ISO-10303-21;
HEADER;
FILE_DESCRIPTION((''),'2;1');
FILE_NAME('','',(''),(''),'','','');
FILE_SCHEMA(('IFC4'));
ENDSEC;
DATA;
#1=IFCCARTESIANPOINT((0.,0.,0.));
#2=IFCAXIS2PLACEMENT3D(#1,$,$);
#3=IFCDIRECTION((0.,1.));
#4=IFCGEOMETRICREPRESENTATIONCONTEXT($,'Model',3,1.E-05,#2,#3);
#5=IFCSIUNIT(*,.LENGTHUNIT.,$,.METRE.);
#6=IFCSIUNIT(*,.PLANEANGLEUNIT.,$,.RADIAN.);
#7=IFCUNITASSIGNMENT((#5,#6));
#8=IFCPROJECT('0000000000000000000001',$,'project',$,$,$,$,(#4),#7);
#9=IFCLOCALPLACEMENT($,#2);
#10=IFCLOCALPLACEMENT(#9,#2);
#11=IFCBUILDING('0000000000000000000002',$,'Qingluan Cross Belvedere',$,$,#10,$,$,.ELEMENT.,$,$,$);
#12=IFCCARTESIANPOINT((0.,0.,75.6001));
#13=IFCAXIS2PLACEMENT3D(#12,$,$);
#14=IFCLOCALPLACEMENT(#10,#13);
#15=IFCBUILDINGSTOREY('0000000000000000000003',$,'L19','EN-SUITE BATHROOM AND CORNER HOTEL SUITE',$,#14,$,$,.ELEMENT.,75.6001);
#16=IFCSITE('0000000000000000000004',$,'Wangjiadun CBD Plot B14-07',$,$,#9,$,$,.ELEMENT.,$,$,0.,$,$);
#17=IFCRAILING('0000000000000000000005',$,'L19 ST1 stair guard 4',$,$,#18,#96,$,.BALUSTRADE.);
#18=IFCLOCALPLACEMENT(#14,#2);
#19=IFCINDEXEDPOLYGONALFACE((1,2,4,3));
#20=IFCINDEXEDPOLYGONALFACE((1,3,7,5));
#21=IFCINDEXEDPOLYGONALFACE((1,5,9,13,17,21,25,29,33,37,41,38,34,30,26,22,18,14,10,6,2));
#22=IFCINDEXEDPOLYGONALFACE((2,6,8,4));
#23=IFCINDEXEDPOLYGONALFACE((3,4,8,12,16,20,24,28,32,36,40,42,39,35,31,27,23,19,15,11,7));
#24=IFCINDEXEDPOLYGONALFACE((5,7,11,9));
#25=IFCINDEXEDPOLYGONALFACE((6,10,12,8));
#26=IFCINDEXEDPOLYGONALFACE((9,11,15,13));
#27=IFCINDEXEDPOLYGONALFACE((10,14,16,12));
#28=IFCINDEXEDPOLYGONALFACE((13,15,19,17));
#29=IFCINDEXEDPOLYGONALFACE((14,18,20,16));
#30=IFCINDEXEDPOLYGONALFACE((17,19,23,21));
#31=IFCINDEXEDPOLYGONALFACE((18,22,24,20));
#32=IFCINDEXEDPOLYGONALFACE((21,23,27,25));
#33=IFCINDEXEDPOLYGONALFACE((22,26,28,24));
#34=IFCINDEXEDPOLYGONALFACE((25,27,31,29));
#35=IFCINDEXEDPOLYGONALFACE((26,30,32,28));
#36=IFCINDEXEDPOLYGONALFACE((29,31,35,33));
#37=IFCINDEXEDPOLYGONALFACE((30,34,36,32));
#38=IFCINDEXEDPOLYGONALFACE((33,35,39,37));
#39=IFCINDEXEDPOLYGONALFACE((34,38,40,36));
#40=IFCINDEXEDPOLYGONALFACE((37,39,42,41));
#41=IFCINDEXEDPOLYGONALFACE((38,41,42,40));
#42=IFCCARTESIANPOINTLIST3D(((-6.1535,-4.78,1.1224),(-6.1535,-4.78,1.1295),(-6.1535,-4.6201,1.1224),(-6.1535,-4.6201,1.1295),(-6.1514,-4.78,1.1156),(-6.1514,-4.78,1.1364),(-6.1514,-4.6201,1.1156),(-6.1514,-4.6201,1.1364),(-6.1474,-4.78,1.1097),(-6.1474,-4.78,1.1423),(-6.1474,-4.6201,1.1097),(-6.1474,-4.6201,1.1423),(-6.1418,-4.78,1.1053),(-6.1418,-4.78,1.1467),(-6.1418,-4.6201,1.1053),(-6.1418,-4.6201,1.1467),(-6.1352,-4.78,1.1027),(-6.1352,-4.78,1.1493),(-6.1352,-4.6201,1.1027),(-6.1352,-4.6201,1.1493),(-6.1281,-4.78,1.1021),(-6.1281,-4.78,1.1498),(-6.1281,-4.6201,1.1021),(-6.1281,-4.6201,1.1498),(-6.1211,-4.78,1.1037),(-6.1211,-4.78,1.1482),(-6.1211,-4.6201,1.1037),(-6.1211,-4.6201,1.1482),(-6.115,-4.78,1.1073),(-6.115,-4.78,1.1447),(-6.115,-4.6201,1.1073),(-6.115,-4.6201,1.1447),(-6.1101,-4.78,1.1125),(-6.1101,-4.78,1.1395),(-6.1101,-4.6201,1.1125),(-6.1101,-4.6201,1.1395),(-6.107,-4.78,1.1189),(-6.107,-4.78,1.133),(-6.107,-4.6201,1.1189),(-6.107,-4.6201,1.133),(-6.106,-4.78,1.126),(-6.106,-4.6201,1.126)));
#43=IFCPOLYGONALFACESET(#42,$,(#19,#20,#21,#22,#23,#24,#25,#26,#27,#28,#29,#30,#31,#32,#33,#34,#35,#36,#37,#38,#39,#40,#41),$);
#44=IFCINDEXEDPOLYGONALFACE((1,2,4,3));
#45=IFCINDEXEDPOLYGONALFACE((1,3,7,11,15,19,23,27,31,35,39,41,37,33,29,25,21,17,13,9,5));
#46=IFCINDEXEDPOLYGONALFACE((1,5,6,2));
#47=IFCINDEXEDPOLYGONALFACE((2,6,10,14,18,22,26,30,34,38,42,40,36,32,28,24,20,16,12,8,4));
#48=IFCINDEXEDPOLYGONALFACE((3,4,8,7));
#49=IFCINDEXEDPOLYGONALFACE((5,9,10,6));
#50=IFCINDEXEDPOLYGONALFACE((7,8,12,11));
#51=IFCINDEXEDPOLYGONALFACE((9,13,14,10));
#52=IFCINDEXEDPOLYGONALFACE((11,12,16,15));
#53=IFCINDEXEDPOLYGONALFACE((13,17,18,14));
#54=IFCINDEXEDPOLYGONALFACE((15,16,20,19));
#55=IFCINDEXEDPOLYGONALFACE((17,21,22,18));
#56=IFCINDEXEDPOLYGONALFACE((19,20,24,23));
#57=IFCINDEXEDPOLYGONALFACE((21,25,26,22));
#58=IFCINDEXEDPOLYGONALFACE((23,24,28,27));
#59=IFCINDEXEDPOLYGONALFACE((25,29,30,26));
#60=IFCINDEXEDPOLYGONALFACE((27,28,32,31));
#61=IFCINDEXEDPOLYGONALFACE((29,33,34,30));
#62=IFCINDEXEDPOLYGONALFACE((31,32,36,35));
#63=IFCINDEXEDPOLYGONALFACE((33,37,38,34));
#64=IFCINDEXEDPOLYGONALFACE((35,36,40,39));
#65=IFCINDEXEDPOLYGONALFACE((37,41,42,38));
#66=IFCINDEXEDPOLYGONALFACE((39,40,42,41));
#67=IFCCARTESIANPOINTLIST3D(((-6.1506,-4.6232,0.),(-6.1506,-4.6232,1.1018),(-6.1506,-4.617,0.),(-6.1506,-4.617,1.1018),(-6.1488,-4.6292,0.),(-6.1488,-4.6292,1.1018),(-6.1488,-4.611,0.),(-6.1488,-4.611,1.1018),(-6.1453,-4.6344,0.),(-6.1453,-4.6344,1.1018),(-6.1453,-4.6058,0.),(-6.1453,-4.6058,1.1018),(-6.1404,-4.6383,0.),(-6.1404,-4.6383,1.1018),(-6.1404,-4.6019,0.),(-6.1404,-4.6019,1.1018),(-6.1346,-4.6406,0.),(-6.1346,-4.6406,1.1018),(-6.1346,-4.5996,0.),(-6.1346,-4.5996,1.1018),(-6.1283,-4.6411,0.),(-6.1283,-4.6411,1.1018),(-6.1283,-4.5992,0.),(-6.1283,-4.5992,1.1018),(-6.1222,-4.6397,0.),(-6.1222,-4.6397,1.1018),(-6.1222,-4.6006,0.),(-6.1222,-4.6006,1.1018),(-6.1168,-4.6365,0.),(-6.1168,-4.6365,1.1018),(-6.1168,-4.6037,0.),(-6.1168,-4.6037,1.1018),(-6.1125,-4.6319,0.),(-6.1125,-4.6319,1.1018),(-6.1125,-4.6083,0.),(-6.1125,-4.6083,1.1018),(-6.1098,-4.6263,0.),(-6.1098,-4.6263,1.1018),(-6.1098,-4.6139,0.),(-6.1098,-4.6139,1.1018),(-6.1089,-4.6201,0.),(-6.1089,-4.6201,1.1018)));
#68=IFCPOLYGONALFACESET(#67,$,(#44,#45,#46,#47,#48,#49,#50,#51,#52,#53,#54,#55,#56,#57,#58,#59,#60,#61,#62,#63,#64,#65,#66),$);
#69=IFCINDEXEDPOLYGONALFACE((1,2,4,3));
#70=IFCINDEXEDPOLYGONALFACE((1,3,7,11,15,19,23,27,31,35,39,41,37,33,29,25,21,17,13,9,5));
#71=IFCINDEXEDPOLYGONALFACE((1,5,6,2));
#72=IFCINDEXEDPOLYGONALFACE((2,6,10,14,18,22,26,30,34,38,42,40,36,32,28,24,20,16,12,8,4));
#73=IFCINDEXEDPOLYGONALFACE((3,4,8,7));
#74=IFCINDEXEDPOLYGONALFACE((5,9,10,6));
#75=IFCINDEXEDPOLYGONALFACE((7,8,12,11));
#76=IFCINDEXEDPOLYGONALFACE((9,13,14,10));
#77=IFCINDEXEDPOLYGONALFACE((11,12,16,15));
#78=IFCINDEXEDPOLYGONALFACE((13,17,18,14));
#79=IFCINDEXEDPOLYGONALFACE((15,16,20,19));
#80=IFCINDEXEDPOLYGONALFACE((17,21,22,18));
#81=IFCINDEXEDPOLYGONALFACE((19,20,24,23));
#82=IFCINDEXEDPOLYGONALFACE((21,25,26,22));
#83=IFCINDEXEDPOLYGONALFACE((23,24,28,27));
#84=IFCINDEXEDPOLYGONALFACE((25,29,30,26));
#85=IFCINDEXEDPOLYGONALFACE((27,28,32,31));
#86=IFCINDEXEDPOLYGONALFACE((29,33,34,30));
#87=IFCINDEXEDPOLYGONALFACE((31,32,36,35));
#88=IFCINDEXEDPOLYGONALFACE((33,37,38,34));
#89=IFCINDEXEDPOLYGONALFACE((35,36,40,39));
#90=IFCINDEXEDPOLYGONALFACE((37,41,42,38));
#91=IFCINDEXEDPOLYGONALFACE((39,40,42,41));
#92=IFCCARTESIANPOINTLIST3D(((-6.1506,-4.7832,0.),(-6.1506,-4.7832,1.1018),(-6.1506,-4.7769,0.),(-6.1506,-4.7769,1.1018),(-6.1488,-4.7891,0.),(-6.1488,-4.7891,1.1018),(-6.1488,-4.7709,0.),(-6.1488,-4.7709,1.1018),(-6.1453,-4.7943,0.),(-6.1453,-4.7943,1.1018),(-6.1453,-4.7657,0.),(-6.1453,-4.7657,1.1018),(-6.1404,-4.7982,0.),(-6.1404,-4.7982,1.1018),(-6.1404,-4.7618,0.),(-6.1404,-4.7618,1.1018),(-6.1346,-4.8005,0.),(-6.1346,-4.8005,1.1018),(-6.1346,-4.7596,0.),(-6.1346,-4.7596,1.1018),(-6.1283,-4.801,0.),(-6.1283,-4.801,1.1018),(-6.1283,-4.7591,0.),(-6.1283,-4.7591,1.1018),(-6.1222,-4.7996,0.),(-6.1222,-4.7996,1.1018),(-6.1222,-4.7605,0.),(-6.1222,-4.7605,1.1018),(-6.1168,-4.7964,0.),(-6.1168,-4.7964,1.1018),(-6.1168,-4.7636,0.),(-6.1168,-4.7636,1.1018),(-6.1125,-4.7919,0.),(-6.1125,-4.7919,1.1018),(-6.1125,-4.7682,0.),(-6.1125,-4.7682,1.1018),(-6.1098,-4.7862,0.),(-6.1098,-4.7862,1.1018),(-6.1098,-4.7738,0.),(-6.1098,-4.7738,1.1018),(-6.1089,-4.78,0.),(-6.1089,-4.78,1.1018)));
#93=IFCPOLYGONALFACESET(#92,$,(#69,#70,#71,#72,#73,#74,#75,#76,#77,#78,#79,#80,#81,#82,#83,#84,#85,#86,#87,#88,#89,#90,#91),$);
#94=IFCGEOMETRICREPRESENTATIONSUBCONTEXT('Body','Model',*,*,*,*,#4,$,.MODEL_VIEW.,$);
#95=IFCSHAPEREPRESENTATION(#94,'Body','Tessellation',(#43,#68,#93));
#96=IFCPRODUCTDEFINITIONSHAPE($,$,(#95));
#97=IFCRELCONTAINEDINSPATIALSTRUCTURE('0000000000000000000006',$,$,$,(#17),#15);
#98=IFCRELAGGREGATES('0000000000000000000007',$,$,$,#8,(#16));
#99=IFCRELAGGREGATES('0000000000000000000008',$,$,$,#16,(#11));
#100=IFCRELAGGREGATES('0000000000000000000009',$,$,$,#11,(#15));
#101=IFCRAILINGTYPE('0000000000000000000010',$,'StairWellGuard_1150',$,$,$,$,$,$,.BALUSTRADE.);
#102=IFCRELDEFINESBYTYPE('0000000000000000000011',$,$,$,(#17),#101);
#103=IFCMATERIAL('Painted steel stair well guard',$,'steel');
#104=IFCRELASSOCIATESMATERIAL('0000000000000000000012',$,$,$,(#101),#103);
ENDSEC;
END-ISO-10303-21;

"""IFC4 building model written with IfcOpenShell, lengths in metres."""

from ifc_helpers import new_model, si_unit, direction, frame, origin, origin_2d, place, context, subcontext, project, spatial, circle, extrude, material, type_object, element, save


model = new_model("IFC4")

# Units and contexts
model_context = context("Model", 3, precision=1e-05, world=origin(), true_north=direction((0.0, 1.0)))
body_context = subcontext(model_context, "Body", "Model", "MODEL_VIEW")
ifc_project = project(units=[si_unit("LENGTHUNIT", "METRE"), si_unit("PLANEANGLEUNIT", "RADIAN")], contexts=[model_context])

# Site, building, storey
site_placement = place(None, origin())
site = spatial("IfcSite", under=ifc_project, at=site_placement, Name="Wangjiadun CBD Plot B14-07", CompositionType="ELEMENT", RefElevation=0.0)
building_placement = place(site_placement, origin())
building = spatial("IfcBuilding", under=site, at=building_placement, Name="Qingluan Cross Belvedere", CompositionType="ELEMENT")
storey_placement = place(building_placement, frame((0.0, 0.0, 75.6001)))
storey = spatial("IfcBuildingStorey", under=building, at=storey_placement, Name="L19", Description="EN-SUITE BATHROOM AND CORNER HOTEL SUITE", CompositionType="ELEMENT", Elevation=75.6001)

# Railing
ifc_material_1 = material(Name="Painted steel stair well guard", Category="steel")
railing_type_1 = type_object("IfcRailingType", Name="StairWellGuard_1150", PredefinedType="BALUSTRADE", material=ifc_material_1)
railing_1_placement = place(storey_placement, frame((-6.1299, -4.6201, 0.0)))
element("IfcRailing", 1, at=railing_1_placement, inside=storey, type_object=railing_type_1, Name="L19 ST1 stair guard 4", PredefinedType="BALUSTRADE", context=body_context, shape_type="SweptSolid", body=[
    extrude(circle(Radius=0.0239, at=origin_2d()), frame((0.0, 0.0, 1.126), z_axis=(0.0, -1.0, 0.0), x_axis=(1.0, 0.0, 0.0)), (0.0, 0.0, 1.0), 0.1599),
    extrude(circle(Radius=0.021, at=origin_2d()), origin(), (0.0, 0.0, 1.0), 1.1018),
    extrude(circle(Radius=0.021, at=origin_2d()), frame((0.0, -0.1599, 0.0)), (0.0, 0.0, 1.0), 1.1018),
])

save(model, "model.ifc")
